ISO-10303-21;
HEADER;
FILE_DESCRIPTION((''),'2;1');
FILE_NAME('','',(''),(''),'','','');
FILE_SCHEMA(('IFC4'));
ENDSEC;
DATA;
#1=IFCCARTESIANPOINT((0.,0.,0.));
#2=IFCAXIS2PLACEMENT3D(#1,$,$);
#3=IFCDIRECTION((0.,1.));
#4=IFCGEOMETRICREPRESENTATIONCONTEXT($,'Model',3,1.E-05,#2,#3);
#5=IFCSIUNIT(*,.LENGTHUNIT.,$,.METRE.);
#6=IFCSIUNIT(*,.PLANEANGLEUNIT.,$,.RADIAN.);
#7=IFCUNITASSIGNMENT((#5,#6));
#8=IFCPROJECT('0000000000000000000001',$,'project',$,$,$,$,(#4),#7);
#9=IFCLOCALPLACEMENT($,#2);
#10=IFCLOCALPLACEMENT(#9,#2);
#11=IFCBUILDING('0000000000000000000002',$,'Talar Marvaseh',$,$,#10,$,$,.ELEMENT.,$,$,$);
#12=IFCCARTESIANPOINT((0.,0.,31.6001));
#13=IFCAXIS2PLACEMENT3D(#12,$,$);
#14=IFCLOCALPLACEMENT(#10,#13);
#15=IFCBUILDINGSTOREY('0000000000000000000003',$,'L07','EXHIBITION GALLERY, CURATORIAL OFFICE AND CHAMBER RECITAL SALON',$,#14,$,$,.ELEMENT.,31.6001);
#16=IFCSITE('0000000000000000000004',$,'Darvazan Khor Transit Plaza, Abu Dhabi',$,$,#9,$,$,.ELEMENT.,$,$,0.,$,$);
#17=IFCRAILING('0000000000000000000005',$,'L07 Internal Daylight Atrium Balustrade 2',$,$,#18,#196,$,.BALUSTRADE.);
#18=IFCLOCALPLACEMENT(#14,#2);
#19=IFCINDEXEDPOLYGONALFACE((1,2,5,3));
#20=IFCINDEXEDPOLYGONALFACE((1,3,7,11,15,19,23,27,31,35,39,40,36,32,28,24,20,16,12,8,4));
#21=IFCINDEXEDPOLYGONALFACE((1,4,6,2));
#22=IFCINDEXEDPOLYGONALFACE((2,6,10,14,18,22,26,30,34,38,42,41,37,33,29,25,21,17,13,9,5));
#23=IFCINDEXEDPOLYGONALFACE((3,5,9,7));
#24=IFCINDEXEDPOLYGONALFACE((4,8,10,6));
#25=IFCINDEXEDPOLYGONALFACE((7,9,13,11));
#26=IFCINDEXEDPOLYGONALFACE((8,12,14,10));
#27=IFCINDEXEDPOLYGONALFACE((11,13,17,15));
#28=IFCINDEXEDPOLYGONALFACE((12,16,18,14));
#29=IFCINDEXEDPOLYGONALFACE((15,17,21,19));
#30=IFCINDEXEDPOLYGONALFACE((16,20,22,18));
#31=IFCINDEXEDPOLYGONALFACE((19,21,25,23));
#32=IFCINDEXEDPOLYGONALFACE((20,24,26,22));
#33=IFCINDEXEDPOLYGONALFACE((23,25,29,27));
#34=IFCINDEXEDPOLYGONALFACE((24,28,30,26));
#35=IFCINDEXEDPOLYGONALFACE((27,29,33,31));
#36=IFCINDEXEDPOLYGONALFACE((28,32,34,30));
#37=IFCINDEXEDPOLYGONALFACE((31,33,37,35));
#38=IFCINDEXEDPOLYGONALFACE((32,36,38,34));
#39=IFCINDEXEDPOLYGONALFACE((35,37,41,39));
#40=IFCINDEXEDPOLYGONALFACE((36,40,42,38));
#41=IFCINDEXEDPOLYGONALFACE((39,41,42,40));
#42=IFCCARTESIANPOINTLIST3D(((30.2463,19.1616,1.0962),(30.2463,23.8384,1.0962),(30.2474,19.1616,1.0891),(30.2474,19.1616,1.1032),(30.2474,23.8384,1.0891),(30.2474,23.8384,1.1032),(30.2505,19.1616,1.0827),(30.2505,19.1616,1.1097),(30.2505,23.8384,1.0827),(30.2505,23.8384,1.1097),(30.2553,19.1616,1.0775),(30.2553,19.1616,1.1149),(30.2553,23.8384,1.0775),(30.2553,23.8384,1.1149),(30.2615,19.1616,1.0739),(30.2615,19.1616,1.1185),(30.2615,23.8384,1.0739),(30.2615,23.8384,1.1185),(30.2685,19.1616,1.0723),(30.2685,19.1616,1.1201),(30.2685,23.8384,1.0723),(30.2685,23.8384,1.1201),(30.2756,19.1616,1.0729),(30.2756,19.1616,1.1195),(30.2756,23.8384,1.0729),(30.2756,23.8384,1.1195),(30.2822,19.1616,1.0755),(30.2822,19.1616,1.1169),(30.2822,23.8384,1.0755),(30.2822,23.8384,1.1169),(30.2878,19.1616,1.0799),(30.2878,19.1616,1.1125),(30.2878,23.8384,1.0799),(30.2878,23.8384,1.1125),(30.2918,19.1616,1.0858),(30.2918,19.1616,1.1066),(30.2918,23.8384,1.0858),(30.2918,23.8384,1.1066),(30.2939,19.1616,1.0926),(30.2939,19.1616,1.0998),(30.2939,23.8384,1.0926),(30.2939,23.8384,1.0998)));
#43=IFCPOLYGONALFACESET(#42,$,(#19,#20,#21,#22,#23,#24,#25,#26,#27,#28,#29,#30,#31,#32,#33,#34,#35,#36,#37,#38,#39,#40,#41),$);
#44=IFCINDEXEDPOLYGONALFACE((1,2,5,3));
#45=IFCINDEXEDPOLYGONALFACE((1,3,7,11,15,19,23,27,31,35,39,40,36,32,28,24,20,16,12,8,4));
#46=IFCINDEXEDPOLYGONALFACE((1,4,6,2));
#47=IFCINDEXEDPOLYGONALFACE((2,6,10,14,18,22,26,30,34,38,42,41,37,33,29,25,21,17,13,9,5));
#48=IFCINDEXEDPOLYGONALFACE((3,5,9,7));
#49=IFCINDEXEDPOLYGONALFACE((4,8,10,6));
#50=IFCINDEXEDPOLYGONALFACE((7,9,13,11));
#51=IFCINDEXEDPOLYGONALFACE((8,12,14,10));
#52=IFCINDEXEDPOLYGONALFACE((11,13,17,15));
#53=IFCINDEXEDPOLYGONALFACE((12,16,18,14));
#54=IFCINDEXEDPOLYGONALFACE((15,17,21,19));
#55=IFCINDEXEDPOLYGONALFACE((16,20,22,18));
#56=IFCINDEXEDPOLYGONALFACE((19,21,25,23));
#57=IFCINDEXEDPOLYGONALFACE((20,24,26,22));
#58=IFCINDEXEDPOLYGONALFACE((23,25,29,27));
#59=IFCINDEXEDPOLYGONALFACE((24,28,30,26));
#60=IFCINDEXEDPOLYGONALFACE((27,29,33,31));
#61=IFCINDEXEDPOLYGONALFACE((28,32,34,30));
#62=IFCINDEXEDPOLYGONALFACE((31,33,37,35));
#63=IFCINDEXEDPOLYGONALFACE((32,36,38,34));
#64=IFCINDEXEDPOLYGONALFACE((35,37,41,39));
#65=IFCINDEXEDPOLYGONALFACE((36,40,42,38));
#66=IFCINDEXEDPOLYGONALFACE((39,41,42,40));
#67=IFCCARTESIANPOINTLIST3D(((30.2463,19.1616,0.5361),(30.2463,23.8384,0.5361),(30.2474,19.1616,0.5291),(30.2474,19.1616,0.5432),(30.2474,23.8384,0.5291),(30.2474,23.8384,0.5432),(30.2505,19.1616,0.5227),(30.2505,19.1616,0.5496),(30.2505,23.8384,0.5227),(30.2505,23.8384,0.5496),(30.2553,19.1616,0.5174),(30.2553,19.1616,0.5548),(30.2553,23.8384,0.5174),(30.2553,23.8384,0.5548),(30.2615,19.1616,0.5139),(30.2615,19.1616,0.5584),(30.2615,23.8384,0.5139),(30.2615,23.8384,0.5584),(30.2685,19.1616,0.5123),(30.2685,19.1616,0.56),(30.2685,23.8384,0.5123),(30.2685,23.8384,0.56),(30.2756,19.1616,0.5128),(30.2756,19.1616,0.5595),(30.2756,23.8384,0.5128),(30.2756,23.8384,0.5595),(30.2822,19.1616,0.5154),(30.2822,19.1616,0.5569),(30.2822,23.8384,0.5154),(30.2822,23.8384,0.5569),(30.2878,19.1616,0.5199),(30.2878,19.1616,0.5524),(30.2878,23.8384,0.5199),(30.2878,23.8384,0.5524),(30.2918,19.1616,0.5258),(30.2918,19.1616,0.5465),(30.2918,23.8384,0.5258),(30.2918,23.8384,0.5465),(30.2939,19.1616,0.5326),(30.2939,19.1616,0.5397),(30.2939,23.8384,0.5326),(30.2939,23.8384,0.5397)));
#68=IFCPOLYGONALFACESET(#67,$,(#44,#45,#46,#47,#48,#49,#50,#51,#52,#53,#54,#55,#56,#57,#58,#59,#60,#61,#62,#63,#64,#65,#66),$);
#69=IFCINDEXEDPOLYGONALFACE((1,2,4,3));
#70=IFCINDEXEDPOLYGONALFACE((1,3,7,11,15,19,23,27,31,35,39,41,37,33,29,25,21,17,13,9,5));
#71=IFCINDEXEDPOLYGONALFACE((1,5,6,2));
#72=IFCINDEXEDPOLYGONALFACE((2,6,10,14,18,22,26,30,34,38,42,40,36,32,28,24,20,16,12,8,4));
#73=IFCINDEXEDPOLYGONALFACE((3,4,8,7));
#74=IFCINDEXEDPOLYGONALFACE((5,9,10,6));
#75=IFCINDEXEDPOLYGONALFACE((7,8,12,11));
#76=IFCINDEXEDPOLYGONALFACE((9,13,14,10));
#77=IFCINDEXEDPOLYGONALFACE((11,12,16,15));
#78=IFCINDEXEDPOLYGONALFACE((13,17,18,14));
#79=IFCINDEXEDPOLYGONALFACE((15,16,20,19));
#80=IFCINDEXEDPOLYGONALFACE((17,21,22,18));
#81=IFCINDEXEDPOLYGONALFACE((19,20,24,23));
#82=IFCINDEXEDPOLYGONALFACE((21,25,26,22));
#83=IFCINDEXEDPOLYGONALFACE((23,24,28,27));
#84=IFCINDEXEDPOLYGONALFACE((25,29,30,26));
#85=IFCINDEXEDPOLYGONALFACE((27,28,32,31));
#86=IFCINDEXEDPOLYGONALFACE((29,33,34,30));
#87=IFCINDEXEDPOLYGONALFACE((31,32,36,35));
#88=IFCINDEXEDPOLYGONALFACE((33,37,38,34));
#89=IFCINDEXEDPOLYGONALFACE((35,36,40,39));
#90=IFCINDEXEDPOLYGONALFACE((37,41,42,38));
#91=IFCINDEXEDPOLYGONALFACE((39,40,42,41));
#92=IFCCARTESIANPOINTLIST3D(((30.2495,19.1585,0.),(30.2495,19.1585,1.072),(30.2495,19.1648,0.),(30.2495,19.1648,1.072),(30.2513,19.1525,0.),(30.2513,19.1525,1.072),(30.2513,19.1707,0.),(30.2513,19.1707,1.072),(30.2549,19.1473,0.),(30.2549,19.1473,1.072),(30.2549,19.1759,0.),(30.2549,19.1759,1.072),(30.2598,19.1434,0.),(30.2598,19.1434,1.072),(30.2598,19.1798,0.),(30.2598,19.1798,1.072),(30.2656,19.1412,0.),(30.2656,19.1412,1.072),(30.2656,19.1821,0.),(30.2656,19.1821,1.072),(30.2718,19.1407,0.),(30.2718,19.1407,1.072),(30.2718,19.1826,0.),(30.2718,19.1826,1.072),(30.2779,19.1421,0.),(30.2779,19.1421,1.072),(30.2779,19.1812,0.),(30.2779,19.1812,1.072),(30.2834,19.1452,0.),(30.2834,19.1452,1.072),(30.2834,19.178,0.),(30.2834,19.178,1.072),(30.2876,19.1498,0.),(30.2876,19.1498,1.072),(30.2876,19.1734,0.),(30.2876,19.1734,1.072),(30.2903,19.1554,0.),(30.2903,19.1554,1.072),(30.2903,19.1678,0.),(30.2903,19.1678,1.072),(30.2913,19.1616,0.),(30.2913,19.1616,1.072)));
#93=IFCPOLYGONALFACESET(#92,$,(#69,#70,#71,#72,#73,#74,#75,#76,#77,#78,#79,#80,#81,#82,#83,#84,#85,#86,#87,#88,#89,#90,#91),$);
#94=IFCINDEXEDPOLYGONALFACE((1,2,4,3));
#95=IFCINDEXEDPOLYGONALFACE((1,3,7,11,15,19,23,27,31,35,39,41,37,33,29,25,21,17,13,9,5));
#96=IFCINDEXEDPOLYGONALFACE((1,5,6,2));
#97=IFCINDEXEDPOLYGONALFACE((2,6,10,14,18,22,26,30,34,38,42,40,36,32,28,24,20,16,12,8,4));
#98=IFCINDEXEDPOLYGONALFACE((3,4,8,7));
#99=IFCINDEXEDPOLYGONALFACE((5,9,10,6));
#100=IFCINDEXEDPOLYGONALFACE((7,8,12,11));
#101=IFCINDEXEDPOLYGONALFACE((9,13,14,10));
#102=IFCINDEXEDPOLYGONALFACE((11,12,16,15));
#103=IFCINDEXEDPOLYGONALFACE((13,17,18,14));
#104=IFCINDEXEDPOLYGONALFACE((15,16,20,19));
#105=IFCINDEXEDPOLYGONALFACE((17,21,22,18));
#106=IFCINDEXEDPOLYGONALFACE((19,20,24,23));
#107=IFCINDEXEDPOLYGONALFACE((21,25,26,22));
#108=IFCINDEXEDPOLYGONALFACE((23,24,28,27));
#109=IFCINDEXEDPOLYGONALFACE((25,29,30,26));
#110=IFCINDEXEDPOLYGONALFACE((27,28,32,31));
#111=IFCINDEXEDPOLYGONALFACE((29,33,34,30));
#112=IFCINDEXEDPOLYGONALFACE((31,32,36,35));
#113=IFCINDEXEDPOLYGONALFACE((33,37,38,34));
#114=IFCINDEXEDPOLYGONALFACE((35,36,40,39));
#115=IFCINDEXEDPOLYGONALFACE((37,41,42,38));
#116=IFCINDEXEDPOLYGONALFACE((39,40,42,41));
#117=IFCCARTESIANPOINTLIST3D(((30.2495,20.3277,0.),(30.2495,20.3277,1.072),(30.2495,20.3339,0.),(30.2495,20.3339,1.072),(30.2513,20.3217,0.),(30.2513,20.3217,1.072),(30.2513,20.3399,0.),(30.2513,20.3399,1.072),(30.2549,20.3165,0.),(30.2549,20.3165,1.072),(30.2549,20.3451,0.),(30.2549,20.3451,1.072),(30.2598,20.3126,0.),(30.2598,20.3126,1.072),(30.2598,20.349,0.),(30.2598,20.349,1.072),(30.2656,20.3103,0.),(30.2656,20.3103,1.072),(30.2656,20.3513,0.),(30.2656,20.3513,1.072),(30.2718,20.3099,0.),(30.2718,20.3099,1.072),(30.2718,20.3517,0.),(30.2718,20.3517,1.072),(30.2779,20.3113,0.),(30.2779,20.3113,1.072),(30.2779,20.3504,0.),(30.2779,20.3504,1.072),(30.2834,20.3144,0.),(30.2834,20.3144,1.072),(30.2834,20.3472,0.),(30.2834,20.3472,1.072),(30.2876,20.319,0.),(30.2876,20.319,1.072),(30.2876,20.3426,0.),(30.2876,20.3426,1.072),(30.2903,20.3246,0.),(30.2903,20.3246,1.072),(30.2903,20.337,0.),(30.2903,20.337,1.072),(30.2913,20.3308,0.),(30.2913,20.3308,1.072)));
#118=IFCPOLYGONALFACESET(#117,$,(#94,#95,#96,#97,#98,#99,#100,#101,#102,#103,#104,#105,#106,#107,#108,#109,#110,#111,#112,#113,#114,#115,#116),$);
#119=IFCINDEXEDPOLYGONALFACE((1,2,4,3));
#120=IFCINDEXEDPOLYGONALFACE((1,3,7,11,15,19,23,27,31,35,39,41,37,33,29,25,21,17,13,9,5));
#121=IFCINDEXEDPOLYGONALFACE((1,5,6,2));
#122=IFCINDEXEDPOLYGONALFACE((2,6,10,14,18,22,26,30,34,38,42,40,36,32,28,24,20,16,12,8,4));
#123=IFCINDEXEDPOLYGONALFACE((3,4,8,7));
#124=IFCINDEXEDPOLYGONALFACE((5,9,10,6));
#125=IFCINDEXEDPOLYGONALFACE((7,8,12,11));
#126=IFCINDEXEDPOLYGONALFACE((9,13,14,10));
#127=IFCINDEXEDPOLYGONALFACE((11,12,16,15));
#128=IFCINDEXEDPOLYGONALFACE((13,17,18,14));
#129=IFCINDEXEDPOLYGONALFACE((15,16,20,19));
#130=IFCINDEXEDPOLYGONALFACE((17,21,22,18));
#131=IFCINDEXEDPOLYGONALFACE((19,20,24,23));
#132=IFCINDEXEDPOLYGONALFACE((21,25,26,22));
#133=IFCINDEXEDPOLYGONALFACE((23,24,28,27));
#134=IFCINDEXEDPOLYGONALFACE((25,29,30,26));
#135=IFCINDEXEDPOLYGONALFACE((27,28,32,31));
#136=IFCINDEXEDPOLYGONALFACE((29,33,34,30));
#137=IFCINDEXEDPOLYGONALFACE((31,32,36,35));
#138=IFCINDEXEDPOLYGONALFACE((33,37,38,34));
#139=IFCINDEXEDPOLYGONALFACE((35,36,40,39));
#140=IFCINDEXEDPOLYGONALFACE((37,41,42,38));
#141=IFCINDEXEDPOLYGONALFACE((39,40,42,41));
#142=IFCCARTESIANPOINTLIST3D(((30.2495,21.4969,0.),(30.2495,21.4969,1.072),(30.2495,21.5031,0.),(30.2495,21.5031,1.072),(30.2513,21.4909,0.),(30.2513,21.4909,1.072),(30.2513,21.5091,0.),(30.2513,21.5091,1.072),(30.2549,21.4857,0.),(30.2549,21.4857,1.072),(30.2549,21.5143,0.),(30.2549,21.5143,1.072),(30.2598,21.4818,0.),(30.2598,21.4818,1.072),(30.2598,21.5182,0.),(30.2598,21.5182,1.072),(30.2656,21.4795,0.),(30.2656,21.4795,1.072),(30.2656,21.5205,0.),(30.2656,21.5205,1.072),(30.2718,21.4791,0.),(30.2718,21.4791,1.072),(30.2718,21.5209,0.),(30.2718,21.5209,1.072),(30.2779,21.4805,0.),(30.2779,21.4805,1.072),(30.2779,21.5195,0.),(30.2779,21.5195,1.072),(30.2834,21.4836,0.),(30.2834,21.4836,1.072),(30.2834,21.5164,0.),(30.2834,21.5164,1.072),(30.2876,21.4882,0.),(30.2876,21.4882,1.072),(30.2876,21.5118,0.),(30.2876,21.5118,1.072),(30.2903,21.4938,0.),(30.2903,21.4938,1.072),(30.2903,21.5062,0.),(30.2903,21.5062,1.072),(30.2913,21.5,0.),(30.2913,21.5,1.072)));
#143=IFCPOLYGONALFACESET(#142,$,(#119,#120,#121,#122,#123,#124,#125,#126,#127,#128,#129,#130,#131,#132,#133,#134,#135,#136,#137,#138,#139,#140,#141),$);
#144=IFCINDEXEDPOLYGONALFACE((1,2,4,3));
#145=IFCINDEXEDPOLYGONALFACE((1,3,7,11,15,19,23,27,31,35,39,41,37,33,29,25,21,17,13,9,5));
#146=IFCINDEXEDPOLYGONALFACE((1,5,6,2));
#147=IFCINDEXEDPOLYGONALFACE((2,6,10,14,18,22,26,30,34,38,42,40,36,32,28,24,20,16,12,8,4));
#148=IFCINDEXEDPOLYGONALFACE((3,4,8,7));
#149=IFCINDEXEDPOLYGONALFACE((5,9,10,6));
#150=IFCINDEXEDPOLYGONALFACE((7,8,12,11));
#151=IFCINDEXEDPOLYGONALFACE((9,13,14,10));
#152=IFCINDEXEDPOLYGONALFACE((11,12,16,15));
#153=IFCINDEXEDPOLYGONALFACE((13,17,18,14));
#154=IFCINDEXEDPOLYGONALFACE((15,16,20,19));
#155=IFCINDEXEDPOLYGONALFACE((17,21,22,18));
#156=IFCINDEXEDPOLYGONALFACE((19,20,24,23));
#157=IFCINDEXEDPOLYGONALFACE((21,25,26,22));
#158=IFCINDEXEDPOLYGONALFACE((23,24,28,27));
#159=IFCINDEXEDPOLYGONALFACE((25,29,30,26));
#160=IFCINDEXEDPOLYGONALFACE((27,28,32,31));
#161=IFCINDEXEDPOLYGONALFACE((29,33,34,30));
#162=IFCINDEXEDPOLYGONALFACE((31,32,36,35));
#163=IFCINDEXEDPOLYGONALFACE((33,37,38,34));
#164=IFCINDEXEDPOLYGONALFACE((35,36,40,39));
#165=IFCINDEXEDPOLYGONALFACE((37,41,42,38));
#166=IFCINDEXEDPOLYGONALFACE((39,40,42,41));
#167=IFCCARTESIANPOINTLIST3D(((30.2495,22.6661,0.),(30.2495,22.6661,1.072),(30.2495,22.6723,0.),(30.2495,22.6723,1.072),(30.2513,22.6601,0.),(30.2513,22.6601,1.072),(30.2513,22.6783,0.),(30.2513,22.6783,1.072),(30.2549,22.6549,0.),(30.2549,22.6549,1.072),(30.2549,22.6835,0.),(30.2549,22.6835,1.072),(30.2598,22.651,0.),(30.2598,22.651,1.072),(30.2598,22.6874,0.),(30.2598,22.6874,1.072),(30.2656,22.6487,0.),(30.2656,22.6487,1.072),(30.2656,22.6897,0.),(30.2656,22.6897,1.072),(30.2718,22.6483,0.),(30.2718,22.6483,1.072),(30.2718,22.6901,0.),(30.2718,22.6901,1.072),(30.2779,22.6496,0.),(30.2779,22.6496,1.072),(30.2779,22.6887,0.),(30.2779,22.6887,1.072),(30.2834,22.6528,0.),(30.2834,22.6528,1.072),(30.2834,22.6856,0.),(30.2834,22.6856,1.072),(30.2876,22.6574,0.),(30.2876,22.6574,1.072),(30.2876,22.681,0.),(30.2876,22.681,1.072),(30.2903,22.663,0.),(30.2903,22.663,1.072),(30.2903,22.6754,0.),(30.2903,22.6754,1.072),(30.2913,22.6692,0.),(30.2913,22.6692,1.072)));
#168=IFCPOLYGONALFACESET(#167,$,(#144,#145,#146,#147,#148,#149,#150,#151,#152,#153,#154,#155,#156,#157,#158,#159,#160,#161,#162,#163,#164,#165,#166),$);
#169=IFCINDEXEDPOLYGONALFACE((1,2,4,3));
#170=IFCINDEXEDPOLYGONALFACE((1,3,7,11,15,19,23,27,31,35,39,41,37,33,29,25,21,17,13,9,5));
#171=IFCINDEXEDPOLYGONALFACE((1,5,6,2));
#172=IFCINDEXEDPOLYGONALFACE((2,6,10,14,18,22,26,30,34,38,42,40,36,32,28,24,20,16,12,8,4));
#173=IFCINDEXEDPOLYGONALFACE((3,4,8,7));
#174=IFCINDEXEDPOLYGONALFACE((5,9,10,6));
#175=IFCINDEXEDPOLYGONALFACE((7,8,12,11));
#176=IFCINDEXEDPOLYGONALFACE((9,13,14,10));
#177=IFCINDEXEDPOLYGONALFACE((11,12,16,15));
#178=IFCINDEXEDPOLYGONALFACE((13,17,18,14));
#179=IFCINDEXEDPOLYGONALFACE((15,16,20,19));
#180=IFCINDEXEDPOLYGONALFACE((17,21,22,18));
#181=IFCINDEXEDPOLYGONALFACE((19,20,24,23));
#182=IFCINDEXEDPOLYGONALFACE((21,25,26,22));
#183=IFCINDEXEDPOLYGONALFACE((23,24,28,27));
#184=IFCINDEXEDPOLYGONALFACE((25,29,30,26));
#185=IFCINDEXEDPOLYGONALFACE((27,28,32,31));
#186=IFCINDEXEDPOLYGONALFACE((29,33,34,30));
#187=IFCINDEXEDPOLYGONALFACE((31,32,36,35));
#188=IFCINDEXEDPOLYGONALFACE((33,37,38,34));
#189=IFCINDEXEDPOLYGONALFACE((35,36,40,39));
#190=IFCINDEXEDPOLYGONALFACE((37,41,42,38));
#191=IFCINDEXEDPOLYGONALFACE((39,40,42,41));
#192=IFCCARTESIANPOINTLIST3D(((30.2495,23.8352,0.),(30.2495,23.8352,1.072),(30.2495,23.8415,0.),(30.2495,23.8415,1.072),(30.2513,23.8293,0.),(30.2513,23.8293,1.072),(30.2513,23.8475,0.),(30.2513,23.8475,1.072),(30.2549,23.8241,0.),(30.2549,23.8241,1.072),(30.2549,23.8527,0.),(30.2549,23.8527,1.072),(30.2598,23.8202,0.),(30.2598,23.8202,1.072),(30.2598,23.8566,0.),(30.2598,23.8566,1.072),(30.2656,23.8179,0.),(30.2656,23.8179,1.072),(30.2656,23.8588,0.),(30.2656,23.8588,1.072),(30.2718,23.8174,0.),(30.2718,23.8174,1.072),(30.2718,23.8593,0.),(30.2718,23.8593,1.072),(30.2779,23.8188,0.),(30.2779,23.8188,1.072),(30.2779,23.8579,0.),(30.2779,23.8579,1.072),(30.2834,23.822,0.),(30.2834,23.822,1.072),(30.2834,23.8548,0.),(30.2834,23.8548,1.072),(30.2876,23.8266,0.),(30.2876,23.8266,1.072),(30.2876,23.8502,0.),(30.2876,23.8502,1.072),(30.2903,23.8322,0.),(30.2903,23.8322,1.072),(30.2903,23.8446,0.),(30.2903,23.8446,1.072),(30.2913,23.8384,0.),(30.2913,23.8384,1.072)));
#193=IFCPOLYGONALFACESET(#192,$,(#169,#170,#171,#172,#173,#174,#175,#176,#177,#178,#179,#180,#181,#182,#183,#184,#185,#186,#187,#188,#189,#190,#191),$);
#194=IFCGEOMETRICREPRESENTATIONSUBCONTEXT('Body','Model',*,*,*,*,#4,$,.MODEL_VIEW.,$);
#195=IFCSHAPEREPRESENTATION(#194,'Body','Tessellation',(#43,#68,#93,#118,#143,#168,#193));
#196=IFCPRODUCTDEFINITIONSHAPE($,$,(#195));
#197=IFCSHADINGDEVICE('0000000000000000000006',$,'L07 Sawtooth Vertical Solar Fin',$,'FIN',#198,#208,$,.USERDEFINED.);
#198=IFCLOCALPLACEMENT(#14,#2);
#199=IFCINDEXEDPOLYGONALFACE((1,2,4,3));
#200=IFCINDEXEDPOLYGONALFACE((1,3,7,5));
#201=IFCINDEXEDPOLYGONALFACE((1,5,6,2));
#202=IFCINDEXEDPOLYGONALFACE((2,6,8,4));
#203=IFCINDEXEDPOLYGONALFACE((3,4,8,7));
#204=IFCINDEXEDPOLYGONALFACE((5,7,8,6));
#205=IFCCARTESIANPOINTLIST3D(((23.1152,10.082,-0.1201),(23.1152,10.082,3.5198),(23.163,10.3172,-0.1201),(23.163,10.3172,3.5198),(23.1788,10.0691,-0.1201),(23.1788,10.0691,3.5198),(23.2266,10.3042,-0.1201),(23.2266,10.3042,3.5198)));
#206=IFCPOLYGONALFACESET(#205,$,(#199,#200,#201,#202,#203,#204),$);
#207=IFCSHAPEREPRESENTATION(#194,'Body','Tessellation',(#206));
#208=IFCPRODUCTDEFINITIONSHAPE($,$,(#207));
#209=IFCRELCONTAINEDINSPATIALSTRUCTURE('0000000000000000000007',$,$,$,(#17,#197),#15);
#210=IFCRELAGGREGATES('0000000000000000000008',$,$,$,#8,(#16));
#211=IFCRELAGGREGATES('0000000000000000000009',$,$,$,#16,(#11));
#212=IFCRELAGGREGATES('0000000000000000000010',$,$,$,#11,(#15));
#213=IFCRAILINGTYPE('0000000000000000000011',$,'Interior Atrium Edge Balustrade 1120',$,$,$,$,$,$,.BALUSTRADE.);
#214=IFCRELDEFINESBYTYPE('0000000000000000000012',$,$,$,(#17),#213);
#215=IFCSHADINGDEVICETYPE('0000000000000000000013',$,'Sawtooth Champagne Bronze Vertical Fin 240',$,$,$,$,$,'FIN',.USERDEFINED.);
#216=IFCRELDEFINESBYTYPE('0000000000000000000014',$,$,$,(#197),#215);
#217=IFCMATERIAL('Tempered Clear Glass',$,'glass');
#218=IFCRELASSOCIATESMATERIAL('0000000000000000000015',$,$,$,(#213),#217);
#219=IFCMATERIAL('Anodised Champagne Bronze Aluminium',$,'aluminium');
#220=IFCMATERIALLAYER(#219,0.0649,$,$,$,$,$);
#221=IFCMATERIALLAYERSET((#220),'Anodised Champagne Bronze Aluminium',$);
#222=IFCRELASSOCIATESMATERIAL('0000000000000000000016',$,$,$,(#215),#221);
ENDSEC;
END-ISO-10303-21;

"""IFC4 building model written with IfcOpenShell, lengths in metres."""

from ifc_helpers import new_model, si_unit, direction, frame, origin, origin_2d, place, context, subcontext, project, spatial, rectangle, circle, extrude, source, transform, mapped, material, layer, layer_set, type_object, type_shapes, element, save


model = new_model("IFC4")

# Units and contexts
model_context = context("Model", 3, precision=1e-05, world=origin(), true_north=direction((0.0, 1.0)))
body_context = subcontext(model_context, "Body", "Model", "MODEL_VIEW")
ifc_project = project(units=[si_unit("LENGTHUNIT", "METRE"), si_unit("PLANEANGLEUNIT", "RADIAN")], contexts=[model_context])

# Site, building, storey
site_placement = place(None, origin())
site = spatial("IfcSite", under=ifc_project, at=site_placement, Name="Darvazan Khor Transit Plaza, Abu Dhabi", CompositionType="ELEMENT", RefElevation=0.0)
building_placement = place(site_placement, origin())
building = spatial("IfcBuilding", under=site, at=building_placement, Name="Talar Marvaseh", CompositionType="ELEMENT")
storey_placement = place(building_placement, frame((0.0, 0.0, 31.6001)))
storey = spatial("IfcBuildingStorey", under=building, at=storey_placement, Name="L07", Description="EXHIBITION GALLERY, CURATORIAL OFFICE AND CHAMBER RECITAL SALON", CompositionType="ELEMENT", Elevation=31.6001)

# Railing
ifc_material_1 = material(Name="Tempered Clear Glass", Category="glass")
railing_type = type_object("IfcRailingType", Name="Interior Atrium Edge Balustrade 1120", PredefinedType="BALUSTRADE", material=ifc_material_1)
railing_1_placement = place(storey_placement, frame((30.2703, 19.1616, 0.0)))
element("IfcRailing", 1, at=railing_1_placement, inside=storey, type_object=railing_type, Name="L07 Internal Daylight Atrium Balustrade 2", PredefinedType="BALUSTRADE", context=body_context, shape_type="SweptSolid", body=[
    extrude(circle(Radius=0.0239, at=origin_2d()), frame((0.0, 0.0, 1.0962), z_axis=(0.0, 1.0, 0.0), x_axis=(-1.0, 0.0, 0.0)), (0.0, 0.0, 1.0), 4.6768),
    extrude(circle(Radius=0.0239, at=origin_2d()), frame((0.0, 0.0, 0.5361), z_axis=(0.0, 1.0, 0.0), x_axis=(-1.0, 0.0, 0.0)), (0.0, 0.0, 1.0), 4.6768),
    extrude(circle(Radius=0.021, at=origin_2d()), origin(), (0.0, 0.0, 1.0), 1.072),
    extrude(circle(Radius=0.021, at=origin_2d()), frame((0.0, 1.1692, 0.0)), (0.0, 0.0, 1.0), 1.072),
    extrude(circle(Radius=0.021, at=origin_2d()), frame((0.0, 2.3384, 0.0)), (0.0, 0.0, 1.0), 1.072),
    extrude(circle(Radius=0.021, at=origin_2d()), frame((0.0, 3.5076, 0.0)), (0.0, 0.0, 1.0), 1.072),
    extrude(circle(Radius=0.021, at=origin_2d()), frame((0.0, 4.6768, 0.0)), (0.0, 0.0, 1.0), 1.072),
])

# Shading device
ifc_material_2 = material(Name="Anodised Champagne Bronze Aluminium", Category="aluminium")
ifc_layer_1 = layer(ifc_material_2, 0.0649)
ifc_layer_set_1 = layer_set([ifc_layer_1], Name="Anodised Champagne Bronze Aluminium")
shading_device_type = type_object("IfcShadingDeviceType", Name="Sawtooth Champagne Bronze Vertical Fin 240", ElementType="FIN", PredefinedType="USERDEFINED", material=ifc_layer_set_1)
shared_shape_1 = source(origin(), body_context, "Body", "SweptSolid", [
    extrude(rectangle(XDim=0.24, YDim=0.0649, at=origin_2d()), origin(), (0.0, 0.0, 1.0), 3.6399),
])
type_shapes(shading_device_type, [shared_shape_1])
for number, where, z_axis, x_axis, name in (
    (2, (23.1709, 10.1931, -0.1201), (0.0, 0.0, 1.0), (-0.199197, -0.979959, 0.0), "L07 Sawtooth Vertical Solar Fin"),
):
    element("IfcShadingDevice", number, at=place(storey_placement, frame(where, z_axis=z_axis, x_axis=x_axis)), inside=storey, type_object=shading_device_type, Name=name, ObjectType="FIN", PredefinedType="USERDEFINED", context=body_context, shape_type="MappedRepresentation", body=[
        mapped(shared_shape_1, transform((0.0, 0.0, 0.0), x_axis=(1.0, 0.0, 0.0), y_axis=(0.0, 1.0, 0.0), z_axis=(0.0, 0.0, 1.0), scale=1.0)),
    ])

save(model, "model.ifc")
